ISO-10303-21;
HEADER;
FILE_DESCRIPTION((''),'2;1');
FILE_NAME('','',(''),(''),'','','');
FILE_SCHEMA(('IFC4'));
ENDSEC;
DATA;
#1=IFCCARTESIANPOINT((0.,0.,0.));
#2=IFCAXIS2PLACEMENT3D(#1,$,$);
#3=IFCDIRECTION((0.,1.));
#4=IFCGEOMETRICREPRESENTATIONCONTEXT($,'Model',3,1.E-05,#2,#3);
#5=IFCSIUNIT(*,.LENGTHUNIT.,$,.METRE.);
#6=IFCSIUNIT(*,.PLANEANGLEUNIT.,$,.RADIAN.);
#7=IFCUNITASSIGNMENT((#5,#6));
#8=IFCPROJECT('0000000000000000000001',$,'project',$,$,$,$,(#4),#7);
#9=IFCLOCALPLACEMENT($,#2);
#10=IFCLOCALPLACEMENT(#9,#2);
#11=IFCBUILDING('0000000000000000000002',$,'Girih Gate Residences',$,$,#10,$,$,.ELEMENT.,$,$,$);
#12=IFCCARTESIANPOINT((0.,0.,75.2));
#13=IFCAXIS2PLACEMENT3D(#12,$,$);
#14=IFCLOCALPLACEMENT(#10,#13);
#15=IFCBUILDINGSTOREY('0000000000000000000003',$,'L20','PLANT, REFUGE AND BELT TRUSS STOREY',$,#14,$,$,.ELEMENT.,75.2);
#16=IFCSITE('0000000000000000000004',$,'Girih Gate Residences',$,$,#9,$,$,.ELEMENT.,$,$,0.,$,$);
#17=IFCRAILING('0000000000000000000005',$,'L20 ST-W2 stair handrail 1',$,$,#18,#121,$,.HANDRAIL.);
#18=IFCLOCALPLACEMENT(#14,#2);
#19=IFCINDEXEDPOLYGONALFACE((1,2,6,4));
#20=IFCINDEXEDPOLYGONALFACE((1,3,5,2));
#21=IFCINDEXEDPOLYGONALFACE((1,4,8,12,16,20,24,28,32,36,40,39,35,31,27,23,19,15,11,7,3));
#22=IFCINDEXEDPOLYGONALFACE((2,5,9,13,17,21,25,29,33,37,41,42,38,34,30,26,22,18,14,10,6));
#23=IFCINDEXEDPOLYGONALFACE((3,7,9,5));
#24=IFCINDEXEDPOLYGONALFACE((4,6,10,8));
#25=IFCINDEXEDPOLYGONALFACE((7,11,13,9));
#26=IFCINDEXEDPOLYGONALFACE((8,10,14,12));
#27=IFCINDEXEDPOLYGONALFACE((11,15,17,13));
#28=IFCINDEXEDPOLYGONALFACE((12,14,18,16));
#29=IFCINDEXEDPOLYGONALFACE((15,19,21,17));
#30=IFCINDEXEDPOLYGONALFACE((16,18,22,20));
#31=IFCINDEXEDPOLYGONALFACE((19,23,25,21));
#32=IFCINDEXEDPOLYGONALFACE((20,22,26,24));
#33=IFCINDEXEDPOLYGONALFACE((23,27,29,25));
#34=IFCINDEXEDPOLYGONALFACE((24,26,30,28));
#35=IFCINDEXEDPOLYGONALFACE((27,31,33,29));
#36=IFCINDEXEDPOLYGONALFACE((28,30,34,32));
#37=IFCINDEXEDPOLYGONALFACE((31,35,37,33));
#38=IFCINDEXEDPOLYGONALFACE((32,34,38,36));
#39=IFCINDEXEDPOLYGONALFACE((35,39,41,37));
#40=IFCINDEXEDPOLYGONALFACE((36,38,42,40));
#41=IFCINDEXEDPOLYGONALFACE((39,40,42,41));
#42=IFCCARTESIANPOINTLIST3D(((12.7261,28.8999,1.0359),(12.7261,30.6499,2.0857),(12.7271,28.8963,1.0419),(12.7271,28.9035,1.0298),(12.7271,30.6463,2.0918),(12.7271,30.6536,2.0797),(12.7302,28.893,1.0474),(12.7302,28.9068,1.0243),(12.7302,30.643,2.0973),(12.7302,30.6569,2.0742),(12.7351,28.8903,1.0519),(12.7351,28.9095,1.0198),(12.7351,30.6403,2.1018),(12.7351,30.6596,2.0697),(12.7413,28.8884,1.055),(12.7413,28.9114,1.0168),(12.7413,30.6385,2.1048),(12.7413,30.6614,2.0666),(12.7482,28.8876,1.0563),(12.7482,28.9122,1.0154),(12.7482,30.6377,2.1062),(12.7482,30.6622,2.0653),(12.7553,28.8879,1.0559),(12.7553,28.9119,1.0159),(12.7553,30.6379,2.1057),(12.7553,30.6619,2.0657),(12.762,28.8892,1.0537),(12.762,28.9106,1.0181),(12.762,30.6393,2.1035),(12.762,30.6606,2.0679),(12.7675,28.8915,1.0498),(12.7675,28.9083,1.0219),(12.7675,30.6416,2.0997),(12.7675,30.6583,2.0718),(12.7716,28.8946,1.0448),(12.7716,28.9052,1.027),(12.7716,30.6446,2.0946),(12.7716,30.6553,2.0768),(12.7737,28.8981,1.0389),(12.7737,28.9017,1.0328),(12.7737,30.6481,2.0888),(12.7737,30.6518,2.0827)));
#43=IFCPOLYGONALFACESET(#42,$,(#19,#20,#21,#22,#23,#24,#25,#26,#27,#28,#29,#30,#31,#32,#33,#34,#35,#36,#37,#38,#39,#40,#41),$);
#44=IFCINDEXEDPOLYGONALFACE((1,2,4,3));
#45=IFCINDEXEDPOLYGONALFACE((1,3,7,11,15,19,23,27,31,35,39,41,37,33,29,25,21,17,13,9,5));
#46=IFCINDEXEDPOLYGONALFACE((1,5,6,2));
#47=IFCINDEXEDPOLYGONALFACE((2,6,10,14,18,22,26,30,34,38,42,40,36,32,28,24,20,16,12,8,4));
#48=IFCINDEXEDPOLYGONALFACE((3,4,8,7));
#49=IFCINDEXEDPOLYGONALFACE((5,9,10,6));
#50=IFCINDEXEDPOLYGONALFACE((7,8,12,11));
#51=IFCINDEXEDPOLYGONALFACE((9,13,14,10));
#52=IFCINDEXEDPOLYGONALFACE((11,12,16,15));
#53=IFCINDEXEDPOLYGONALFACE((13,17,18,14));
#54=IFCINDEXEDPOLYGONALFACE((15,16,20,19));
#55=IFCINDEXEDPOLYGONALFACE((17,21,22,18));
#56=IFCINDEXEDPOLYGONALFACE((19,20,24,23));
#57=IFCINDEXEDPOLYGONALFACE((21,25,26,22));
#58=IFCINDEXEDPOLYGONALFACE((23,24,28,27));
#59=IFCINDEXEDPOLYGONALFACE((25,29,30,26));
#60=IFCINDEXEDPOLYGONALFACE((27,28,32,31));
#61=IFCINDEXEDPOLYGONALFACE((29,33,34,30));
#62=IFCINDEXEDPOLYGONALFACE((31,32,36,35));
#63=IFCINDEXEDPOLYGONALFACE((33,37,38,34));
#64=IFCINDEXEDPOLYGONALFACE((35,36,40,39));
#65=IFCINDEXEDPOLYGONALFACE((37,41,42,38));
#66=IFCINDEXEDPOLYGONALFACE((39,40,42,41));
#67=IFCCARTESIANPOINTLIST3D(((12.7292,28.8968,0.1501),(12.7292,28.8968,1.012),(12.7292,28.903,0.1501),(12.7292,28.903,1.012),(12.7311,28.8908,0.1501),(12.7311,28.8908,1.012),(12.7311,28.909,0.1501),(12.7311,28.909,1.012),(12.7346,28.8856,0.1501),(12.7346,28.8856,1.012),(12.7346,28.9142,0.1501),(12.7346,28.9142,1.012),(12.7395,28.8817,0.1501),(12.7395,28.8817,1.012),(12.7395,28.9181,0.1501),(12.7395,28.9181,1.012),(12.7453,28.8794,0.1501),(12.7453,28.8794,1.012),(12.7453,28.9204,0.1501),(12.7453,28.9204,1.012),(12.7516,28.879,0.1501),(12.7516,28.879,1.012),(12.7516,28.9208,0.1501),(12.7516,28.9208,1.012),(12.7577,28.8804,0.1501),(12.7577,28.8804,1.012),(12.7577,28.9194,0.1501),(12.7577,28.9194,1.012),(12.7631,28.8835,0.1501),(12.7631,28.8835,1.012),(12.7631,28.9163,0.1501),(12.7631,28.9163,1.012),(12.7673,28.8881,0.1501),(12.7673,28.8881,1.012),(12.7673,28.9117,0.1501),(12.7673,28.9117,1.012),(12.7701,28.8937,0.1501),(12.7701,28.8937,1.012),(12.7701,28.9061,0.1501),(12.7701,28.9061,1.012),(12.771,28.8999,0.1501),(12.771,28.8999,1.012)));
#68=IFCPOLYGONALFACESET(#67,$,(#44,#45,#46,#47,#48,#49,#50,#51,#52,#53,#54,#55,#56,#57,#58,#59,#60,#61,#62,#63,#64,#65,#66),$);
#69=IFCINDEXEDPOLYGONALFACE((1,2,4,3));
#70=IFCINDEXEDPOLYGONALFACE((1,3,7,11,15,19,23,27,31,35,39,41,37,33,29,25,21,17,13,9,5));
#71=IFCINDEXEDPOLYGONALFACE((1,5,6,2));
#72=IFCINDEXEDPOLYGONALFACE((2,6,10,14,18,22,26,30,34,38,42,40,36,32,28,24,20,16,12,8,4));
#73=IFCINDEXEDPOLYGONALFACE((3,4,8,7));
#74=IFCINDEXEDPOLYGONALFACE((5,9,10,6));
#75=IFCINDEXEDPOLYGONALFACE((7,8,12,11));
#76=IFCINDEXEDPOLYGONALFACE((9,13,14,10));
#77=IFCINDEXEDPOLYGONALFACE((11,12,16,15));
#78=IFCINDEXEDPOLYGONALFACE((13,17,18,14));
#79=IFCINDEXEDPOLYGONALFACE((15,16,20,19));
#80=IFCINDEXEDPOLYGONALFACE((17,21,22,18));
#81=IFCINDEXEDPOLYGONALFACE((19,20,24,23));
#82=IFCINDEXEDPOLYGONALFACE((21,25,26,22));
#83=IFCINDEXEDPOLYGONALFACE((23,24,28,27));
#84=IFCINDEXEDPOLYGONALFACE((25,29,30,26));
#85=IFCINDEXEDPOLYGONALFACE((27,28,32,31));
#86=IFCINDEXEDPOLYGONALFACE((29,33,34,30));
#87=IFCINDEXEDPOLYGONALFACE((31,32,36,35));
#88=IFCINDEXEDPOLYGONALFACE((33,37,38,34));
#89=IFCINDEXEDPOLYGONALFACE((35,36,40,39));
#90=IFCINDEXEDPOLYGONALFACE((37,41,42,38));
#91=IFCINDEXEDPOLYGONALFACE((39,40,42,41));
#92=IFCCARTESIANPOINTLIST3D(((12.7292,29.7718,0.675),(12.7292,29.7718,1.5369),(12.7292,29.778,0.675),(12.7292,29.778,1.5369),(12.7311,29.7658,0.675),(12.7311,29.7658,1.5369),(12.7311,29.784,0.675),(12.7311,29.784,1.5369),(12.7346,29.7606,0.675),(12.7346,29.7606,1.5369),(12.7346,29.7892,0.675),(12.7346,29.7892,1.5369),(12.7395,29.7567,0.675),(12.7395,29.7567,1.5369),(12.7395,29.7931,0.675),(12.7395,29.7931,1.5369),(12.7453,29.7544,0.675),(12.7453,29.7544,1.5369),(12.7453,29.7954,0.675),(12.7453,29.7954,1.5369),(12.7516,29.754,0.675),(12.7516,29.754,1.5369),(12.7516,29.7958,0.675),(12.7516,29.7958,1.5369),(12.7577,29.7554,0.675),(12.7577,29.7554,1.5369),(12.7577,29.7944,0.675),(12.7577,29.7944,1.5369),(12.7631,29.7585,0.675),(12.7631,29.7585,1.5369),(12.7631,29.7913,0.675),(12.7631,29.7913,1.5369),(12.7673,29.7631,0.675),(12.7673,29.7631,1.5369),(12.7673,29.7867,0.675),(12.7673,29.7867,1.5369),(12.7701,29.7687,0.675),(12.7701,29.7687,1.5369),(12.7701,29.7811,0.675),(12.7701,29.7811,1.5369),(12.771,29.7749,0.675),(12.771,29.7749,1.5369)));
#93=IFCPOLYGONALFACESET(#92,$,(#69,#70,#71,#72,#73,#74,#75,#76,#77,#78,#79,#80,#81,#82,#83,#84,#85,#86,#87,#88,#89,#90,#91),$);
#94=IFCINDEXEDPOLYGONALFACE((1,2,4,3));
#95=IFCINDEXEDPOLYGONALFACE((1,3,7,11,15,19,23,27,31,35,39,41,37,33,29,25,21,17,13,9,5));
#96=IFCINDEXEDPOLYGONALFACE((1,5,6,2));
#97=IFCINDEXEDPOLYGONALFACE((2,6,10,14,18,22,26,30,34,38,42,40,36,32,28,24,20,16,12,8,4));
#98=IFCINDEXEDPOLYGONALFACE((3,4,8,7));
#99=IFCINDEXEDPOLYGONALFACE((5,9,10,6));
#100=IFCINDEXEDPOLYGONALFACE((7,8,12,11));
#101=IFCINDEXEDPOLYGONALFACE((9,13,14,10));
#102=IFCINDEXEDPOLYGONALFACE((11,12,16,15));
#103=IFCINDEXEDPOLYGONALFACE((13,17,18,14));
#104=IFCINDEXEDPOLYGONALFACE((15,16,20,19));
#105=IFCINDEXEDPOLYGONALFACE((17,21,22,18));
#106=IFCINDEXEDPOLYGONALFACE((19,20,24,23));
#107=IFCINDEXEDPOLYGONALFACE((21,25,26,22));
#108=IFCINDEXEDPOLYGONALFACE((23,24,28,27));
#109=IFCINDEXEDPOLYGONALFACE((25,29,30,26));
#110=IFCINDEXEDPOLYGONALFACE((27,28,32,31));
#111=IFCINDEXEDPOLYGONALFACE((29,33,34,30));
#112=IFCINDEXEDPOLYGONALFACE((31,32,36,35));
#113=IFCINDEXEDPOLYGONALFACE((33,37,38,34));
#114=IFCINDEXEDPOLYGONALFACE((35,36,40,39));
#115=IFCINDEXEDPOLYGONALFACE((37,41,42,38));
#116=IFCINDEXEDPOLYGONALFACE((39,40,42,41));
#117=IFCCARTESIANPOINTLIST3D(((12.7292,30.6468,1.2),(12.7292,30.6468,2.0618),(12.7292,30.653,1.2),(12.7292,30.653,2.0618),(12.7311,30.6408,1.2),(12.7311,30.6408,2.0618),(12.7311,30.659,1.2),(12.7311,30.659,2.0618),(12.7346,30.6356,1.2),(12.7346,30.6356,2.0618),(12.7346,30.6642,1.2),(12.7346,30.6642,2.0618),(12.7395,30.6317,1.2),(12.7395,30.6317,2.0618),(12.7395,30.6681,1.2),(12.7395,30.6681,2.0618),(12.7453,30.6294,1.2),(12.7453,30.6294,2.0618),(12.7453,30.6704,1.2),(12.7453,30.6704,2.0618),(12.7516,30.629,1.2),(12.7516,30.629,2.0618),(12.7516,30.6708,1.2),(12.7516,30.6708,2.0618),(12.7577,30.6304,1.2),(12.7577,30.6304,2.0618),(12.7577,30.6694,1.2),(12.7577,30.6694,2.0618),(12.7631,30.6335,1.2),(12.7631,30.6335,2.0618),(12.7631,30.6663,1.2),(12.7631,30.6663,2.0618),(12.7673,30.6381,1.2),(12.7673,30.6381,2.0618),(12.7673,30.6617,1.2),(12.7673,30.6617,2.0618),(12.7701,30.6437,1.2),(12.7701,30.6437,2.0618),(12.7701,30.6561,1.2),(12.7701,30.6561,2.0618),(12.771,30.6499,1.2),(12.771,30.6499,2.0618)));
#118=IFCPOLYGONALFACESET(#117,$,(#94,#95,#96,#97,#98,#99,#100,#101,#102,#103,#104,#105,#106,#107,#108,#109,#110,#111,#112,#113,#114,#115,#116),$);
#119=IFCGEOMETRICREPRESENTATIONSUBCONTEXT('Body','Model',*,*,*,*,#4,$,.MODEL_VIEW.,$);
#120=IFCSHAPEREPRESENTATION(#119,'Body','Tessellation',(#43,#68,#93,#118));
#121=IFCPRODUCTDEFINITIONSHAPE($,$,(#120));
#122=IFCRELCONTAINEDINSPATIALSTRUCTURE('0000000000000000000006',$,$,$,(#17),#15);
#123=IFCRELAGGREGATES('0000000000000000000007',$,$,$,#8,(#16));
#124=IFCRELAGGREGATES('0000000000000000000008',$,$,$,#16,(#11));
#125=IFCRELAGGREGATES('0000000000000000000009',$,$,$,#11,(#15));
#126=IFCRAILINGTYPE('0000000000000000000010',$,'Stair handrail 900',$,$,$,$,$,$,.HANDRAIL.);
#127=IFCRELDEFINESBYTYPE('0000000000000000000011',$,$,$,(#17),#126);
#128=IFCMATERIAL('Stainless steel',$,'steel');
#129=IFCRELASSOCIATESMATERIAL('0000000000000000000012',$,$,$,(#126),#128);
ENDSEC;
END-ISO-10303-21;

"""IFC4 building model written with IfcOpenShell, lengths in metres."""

from ifc_helpers import new_model, si_unit, direction, frame, origin, origin_2d, place, context, subcontext, project, spatial, circle, extrude, material, type_object, element, save


model = new_model("IFC4")

# Units and contexts
model_context = context("Model", 3, precision=1e-05, world=origin(), true_north=direction((0.0, 1.0)))
body_context = subcontext(model_context, "Body", "Model", "MODEL_VIEW")
ifc_project = project(units=[si_unit("LENGTHUNIT", "METRE"), si_unit("PLANEANGLEUNIT", "RADIAN")], contexts=[model_context])

# Site, building, storey
site_placement = place(None, origin())
site = spatial("IfcSite", under=ifc_project, at=site_placement, Name="Girih Gate Residences", CompositionType="ELEMENT", RefElevation=0.0)
building_placement = place(site_placement, origin())
building = spatial("IfcBuilding", under=site, at=building_placement, Name="Girih Gate Residences", CompositionType="ELEMENT")
storey_placement = place(building_placement, frame((0.0, 0.0, 75.2)))
storey = spatial("IfcBuildingStorey", under=building, at=storey_placement, Name="L20", Description="PLANT, REFUGE AND BELT TRUSS STOREY", CompositionType="ELEMENT", Elevation=75.2)

# Railing
ifc_material_1 = material(Name="Stainless steel", Category="steel")
railing_type_1 = type_object("IfcRailingType", Name="Stair handrail 900", PredefinedType="HANDRAIL", material=ifc_material_1)
railing_1_placement = place(storey_placement, frame((12.75, 28.8999, 0.1501)))
element("IfcRailing", 1, at=railing_1_placement, inside=storey, type_object=railing_type_1, Name="L20 ST-W2 stair handrail 1", PredefinedType="HANDRAIL", context=body_context, shape_type="SweptSolid", body=[
    extrude(circle(Radius=0.0239, at=origin_2d()), frame((0.0, 0.0, 0.8857), z_axis=(0.0, 0.857535, 0.514425), x_axis=(-1.0, 0.0, 0.0)), (0.0, 0.0, 1.0), 2.0408),
    extrude(circle(Radius=0.021, at=origin_2d()), origin(), (0.0, 0.0, 1.0), 0.8618),
    extrude(circle(Radius=0.021, at=origin_2d()), frame((0.0, 0.875, 0.5249)), (0.0, 0.0, 1.0), 0.8618),
    extrude(circle(Radius=0.021, at=origin_2d()), frame((0.0, 1.75, 1.0498)), (0.0, 0.0, 1.0), 0.8618),
])

save(model, "model.ifc")
